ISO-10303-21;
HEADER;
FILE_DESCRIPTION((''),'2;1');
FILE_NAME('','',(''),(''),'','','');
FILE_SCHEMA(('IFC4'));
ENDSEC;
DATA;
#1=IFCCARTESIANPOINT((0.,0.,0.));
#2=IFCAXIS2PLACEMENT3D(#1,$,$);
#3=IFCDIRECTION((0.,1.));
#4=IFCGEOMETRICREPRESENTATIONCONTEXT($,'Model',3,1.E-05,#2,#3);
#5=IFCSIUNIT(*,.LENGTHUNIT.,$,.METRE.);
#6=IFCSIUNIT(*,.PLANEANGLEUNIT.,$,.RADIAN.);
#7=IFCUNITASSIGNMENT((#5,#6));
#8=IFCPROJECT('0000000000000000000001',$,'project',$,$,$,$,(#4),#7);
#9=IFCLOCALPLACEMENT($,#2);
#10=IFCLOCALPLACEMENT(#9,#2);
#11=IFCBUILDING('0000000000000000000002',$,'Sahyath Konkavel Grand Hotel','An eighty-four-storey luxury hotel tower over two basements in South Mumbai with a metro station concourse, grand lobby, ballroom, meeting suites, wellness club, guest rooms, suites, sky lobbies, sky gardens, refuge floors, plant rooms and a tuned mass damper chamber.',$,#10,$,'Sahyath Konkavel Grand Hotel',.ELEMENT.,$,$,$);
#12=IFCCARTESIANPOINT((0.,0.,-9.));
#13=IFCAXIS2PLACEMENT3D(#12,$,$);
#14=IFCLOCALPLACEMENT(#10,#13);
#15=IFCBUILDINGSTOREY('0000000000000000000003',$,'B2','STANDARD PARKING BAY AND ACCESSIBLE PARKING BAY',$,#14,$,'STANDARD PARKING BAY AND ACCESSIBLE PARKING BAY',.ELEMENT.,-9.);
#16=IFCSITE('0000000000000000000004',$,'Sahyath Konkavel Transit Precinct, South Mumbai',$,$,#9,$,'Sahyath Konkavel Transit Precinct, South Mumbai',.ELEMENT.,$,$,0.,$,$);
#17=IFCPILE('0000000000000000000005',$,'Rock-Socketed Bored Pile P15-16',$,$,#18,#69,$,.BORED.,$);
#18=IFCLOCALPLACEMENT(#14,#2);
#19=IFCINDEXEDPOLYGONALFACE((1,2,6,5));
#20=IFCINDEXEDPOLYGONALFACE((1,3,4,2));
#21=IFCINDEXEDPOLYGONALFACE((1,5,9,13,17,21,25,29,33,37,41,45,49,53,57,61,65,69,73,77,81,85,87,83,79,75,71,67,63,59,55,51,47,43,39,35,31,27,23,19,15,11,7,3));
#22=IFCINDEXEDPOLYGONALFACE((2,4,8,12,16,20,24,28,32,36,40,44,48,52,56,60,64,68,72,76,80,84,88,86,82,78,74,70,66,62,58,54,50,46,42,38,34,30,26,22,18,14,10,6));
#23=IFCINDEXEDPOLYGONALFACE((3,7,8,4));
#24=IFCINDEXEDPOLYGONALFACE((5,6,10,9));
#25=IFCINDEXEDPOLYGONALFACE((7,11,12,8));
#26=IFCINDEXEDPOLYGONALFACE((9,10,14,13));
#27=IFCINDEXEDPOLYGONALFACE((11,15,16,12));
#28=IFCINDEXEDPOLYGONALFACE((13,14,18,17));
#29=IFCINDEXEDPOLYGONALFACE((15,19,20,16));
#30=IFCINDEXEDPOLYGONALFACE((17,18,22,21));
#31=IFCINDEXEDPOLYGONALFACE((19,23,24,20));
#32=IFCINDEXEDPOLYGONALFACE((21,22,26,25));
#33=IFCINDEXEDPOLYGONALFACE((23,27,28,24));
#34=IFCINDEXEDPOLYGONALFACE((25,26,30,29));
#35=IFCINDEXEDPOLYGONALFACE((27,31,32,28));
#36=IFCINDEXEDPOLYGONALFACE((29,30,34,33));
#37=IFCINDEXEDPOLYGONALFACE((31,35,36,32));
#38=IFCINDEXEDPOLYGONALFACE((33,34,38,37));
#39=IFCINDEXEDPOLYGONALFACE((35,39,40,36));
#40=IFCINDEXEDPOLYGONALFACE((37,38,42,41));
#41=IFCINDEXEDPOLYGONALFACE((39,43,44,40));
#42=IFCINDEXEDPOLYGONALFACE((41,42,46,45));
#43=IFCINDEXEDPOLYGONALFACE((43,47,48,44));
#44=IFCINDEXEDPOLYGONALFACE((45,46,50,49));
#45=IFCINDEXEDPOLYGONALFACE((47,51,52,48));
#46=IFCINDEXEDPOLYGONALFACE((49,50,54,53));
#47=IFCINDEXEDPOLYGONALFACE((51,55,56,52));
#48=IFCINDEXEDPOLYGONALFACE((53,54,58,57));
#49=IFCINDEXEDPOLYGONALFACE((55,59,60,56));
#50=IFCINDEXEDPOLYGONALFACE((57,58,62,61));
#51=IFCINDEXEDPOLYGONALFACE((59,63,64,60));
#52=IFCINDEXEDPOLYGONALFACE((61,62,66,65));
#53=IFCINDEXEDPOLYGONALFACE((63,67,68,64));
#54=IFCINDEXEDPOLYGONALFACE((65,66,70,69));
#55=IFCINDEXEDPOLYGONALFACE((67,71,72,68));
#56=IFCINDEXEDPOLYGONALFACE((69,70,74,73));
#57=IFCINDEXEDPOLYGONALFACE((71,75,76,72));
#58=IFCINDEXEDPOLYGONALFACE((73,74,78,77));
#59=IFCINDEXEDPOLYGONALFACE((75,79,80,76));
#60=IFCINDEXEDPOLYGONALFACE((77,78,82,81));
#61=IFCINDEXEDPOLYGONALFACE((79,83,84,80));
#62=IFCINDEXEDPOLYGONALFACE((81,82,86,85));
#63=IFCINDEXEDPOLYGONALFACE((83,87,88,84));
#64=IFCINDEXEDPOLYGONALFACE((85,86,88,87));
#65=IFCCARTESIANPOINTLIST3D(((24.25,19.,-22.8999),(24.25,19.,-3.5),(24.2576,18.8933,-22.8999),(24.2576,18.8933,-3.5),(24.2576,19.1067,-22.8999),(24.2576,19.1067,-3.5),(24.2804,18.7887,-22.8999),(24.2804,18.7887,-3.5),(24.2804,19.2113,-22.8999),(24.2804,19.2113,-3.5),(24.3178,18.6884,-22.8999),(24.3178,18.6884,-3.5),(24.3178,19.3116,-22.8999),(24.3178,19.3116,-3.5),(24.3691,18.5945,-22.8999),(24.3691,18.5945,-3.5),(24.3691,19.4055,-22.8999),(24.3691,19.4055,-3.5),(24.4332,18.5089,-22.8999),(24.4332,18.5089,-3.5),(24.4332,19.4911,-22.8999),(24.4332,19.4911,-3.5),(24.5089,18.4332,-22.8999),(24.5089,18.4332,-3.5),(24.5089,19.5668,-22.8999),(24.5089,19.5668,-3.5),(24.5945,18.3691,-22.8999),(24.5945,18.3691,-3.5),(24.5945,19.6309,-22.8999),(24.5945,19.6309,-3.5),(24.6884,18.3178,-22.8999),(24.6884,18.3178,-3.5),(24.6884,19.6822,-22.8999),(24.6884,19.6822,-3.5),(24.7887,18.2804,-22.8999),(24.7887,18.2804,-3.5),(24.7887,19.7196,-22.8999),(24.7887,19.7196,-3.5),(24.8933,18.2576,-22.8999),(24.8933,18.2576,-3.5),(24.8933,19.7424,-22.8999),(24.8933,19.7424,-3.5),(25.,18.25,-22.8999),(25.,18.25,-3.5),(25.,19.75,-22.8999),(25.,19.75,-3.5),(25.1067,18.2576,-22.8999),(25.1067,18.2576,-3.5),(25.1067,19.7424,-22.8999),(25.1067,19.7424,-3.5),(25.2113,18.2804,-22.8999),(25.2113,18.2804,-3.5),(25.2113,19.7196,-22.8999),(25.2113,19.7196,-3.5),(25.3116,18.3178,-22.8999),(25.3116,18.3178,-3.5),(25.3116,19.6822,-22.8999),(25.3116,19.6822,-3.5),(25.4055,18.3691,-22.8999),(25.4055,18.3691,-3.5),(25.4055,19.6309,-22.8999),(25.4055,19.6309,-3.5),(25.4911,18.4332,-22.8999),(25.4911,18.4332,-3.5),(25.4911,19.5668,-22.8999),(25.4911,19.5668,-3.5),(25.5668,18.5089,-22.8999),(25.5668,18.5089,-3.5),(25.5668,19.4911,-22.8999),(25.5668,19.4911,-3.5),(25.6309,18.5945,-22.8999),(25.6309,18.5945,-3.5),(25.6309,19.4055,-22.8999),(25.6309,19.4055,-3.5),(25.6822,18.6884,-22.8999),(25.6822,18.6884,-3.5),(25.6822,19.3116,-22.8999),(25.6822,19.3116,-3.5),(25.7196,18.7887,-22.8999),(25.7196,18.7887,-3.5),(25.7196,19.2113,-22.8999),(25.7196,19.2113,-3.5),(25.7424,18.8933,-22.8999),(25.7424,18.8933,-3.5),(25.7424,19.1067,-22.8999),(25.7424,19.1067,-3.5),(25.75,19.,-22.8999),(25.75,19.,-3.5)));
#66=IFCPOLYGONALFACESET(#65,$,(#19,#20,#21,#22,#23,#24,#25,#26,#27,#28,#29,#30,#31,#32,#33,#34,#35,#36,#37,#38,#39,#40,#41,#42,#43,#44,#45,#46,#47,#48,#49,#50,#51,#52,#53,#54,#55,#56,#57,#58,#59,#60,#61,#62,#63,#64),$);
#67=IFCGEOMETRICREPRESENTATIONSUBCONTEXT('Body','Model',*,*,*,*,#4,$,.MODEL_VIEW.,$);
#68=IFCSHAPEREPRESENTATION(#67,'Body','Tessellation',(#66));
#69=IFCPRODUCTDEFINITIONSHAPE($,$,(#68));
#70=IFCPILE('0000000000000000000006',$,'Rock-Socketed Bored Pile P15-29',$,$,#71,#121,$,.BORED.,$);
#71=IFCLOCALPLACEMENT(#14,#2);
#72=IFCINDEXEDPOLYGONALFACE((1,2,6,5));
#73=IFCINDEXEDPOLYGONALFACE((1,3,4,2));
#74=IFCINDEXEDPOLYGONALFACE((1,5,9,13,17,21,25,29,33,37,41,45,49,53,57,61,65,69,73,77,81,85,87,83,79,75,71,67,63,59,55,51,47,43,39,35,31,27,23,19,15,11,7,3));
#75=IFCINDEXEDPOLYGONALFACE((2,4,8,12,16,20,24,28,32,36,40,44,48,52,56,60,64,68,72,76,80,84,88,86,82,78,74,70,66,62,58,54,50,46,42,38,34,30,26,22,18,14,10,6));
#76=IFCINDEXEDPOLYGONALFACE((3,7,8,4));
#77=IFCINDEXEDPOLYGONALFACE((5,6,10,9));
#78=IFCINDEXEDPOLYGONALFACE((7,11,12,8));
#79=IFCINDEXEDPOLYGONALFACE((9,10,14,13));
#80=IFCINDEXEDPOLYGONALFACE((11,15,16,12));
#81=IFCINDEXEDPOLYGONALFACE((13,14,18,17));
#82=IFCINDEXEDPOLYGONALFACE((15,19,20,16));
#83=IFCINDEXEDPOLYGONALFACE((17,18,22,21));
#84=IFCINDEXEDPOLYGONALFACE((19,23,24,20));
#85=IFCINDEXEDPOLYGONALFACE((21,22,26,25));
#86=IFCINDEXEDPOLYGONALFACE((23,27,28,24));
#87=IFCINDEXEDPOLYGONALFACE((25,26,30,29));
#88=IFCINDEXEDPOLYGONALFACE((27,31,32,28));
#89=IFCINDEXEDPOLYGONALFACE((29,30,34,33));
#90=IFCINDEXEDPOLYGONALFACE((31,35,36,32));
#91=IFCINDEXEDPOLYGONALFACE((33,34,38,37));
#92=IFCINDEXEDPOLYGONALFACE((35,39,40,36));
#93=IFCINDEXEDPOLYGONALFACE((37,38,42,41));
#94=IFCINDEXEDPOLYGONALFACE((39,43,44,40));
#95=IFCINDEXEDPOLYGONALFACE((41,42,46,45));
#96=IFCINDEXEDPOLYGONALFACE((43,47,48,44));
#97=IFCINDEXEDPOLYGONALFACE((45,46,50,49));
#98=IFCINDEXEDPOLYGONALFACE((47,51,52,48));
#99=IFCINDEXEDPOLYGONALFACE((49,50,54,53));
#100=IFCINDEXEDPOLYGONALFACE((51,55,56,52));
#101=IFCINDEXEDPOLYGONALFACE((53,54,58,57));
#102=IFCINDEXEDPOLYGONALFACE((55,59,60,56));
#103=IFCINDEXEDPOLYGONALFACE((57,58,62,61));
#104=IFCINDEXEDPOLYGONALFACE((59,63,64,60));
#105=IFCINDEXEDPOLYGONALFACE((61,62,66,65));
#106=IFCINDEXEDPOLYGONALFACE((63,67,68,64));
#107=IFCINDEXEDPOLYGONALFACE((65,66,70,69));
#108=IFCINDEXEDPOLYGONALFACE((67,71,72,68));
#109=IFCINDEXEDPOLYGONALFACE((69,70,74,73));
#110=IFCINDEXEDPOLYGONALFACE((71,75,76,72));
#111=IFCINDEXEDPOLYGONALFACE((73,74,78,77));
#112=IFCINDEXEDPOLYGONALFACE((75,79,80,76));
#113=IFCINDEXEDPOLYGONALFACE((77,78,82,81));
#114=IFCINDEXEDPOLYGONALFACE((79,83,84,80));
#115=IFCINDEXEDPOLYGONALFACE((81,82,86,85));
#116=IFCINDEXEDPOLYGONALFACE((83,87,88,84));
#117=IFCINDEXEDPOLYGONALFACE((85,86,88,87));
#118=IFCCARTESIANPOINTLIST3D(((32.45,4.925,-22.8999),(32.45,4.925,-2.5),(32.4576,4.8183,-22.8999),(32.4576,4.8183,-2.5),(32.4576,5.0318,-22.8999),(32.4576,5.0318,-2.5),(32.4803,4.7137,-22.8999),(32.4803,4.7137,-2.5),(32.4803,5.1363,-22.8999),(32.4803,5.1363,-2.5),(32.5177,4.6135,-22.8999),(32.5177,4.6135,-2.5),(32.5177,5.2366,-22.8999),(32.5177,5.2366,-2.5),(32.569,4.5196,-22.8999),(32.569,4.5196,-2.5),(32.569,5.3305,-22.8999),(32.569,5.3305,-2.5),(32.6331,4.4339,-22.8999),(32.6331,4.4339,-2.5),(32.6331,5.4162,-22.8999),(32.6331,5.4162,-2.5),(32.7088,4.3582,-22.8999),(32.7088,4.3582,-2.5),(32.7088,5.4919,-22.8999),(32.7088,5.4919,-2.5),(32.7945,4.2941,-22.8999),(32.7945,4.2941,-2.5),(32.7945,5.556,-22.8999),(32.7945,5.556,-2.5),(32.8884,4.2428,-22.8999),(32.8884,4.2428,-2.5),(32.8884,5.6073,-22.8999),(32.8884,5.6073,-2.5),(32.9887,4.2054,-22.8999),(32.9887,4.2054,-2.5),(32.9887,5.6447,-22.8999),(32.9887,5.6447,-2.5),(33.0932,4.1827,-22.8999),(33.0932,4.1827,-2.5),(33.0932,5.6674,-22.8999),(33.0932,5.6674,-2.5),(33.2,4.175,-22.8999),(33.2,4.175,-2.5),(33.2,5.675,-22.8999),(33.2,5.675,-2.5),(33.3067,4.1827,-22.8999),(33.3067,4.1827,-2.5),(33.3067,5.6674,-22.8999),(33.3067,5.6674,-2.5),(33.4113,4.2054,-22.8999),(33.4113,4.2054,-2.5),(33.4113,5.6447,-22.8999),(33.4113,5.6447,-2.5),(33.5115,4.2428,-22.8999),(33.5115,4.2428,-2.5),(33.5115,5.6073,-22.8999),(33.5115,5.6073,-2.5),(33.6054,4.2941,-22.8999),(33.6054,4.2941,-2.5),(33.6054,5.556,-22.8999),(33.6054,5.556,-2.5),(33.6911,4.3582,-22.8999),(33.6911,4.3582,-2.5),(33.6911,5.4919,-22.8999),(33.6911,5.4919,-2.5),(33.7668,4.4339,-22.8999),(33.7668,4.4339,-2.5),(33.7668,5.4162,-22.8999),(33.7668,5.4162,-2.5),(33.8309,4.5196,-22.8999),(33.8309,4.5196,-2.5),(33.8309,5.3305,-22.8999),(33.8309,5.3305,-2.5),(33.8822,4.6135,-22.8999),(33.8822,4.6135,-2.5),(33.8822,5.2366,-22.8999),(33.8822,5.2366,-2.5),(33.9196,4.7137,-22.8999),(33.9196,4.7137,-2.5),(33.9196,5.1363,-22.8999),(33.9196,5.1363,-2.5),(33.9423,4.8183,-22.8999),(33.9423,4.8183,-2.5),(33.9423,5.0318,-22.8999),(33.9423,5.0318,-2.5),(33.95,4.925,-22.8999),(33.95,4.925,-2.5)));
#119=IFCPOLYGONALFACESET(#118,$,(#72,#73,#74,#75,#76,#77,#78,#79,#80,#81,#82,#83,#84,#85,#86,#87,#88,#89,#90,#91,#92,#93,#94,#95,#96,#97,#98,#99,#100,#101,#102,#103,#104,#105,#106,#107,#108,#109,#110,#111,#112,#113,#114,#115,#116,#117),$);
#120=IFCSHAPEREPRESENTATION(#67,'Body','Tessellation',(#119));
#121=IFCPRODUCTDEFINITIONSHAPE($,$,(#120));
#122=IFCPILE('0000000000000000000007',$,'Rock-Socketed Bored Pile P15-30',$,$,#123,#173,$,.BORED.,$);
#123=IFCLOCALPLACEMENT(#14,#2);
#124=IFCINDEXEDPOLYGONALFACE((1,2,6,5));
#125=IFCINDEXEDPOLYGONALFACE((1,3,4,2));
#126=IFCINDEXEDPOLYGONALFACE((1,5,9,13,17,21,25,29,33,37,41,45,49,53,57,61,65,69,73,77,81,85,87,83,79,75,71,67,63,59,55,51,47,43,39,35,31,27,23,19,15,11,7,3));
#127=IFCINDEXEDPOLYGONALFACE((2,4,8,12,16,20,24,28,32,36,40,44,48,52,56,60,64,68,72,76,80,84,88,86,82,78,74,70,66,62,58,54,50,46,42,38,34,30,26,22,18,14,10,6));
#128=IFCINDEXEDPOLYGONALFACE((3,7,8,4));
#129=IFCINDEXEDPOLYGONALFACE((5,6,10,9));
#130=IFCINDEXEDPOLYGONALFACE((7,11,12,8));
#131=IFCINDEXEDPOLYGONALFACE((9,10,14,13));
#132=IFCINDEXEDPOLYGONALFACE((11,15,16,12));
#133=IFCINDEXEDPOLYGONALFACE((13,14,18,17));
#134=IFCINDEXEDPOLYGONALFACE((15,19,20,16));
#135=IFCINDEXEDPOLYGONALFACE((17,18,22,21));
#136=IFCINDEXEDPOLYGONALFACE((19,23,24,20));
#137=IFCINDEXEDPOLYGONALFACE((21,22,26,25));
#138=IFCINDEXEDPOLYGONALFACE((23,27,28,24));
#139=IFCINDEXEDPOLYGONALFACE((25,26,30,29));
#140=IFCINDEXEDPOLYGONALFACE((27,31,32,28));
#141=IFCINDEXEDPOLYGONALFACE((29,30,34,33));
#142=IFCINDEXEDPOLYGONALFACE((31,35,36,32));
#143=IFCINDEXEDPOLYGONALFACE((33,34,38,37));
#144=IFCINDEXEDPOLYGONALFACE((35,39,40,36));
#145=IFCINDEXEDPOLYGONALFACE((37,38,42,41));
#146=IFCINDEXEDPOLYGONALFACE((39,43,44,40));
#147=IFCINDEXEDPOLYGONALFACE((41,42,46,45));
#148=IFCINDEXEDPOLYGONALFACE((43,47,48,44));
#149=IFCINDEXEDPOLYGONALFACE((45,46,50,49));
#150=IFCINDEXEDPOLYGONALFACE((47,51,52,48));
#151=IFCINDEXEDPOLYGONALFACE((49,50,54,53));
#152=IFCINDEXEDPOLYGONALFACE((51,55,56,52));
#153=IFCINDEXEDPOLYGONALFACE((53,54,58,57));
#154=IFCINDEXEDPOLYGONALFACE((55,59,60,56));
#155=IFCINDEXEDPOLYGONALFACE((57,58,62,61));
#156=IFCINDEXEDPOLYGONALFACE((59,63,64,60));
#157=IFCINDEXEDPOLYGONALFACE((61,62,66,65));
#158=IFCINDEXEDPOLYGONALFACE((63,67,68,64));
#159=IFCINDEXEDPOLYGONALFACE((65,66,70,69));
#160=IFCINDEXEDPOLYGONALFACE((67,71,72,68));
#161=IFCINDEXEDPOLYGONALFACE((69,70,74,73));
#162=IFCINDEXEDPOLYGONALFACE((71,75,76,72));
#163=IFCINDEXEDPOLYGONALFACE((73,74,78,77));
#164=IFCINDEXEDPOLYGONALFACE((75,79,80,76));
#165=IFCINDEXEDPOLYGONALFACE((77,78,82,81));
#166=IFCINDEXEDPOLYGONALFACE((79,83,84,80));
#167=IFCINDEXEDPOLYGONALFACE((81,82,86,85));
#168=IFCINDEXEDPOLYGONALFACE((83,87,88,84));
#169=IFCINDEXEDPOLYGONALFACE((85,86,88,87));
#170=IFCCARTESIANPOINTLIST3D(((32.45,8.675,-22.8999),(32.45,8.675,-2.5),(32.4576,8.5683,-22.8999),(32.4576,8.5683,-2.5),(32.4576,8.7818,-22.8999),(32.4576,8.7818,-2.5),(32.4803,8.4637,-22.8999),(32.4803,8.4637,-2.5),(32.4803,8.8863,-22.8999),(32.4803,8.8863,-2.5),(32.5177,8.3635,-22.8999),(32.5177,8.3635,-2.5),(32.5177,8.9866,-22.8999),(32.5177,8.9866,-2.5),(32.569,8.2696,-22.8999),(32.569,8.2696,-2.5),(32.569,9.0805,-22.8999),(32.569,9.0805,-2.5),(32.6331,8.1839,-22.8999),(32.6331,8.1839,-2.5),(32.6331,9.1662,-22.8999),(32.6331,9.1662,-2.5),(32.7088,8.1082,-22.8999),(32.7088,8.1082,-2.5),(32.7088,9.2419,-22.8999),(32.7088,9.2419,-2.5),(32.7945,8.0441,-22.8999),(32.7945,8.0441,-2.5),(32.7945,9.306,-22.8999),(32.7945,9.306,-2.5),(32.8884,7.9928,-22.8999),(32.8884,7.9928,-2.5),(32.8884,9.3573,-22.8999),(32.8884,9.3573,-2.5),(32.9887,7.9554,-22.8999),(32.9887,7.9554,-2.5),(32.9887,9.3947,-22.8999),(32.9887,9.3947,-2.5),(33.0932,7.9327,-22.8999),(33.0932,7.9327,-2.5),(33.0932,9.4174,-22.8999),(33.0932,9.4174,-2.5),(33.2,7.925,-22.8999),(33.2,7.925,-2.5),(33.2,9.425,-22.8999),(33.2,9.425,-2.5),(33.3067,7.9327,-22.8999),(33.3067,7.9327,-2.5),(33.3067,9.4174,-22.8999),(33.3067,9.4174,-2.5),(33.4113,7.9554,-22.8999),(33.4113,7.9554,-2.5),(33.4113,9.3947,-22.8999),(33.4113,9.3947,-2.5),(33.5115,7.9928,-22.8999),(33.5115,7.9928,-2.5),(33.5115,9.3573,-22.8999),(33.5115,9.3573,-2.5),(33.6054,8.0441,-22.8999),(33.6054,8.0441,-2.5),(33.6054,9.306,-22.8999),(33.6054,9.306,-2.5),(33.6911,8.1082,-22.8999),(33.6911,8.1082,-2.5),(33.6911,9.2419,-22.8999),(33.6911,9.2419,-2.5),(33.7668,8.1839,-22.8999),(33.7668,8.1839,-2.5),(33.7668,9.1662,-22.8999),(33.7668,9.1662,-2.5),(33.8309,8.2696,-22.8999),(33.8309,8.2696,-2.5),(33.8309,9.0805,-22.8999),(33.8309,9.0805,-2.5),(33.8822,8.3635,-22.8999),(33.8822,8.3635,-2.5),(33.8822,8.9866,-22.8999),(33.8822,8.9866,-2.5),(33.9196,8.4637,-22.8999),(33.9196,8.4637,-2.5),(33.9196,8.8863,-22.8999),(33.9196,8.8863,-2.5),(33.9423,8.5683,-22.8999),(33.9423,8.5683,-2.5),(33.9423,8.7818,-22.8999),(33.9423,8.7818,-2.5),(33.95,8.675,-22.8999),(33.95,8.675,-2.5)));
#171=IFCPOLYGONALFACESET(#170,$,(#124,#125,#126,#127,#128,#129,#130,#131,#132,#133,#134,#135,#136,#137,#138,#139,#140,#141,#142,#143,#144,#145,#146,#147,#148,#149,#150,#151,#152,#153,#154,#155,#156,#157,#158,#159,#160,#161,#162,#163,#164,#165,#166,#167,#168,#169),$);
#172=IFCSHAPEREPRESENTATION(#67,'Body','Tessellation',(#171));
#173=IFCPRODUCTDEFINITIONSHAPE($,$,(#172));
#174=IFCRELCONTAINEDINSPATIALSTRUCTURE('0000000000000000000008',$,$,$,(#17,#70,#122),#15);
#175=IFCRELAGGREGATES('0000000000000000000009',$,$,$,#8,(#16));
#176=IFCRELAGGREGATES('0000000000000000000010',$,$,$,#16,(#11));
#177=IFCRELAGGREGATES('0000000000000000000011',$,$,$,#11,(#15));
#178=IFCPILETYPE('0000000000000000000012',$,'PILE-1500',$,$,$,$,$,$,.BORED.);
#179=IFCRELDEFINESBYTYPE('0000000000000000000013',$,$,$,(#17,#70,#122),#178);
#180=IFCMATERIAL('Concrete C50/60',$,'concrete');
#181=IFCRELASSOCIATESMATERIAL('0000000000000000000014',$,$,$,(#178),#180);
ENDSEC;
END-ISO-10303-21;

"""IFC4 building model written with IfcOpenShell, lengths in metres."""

from ifc_helpers import new_model, si_unit, direction, frame, origin, origin_2d, place, context, subcontext, project, spatial, circle, extrude, material, material_profile, profile_set, type_object, element, save


model = new_model("IFC4")

# Units and contexts
model_context = context("Model", 3, precision=1e-05, world=origin(), true_north=direction((0.0, 1.0)))
body_context = subcontext(model_context, "Body", "Model", "MODEL_VIEW")
ifc_project = project(units=[si_unit("LENGTHUNIT", "METRE"), si_unit("PLANEANGLEUNIT", "RADIAN")], contexts=[model_context])

# Site, building, storey
site_placement = place(None, origin())
site = spatial("IfcSite", under=ifc_project, at=site_placement, Name="Sahyath Konkavel Transit Precinct, South Mumbai", LongName="Sahyath Konkavel Transit Precinct, South Mumbai", CompositionType="ELEMENT", RefElevation=0.0)
building_placement = place(site_placement, origin())
building = spatial("IfcBuilding", under=site, at=building_placement, Name="Sahyath Konkavel Grand Hotel", Description="An eighty-four-storey luxury hotel tower over two basements in South Mumbai with a metro station concourse, grand lobby, ballroom, meeting suites, wellness club, guest rooms, suites, sky lobbies, sky gardens, refuge floors, plant rooms and a tuned mass damper chamber.", LongName="Sahyath Konkavel Grand Hotel", CompositionType="ELEMENT")
storey_placement = place(building_placement, frame((0.0, 0.0, -9.0)))
storey = spatial("IfcBuildingStorey", under=building, at=storey_placement, Name="B2", Description="STANDARD PARKING BAY AND ACCESSIBLE PARKING BAY", LongName="STANDARD PARKING BAY AND ACCESSIBLE PARKING BAY", CompositionType="ELEMENT", Elevation=-9.0)

# Piles
ifc_material_1 = material(Name="Concrete C50/60", Category="concrete")
ifc_material_profile_1 = material_profile(ifc_material_1, circle(Radius=0.75, at=origin_2d()), Name="PILE D1500")
ifc_profile_set_1 = profile_set([ifc_material_profile_1], Name="Concrete C50/60")
pile_type = type_object("IfcPileType", Name="PILE-1500", PredefinedType="BORED", material=ifc_profile_set_1)
for number, where, z_axis, x_axis, name in (
    (1, (25.0, 19.0, -3.5), (0.0, 0.0, -1.0), (1.0, 0.0, 0.0), "Rock-Socketed Bored Pile P15-16"),
):
    element("IfcPile", number, at=place(storey_placement, frame(where, z_axis=z_axis, x_axis=x_axis)), inside=storey, type_object=pile_type, Name=name, PredefinedType="BORED", context=body_context, shape_type="SweptSolid", body=[
        extrude(circle(Radius=0.75, at=origin_2d()), origin(), (0.0, 0.0, 1.0), 19.3999),
    ])
for number, where, z_axis, x_axis, name in (
    (2, (33.2, 4.925, -2.5), (0.0, 0.0, -1.0), (1.0, 0.0, 0.0), "Rock-Socketed Bored Pile P15-29"),
    (3, (33.2, 8.675, -2.5), (0.0, 0.0, -1.0), (1.0, 0.0, 0.0), "Rock-Socketed Bored Pile P15-30"),
):
    element("IfcPile", number, at=place(storey_placement, frame(where, z_axis=z_axis, x_axis=x_axis)), inside=storey, type_object=pile_type, Name=name, PredefinedType="BORED", context=body_context, shape_type="SweptSolid", body=[
        extrude(circle(Radius=0.75, at=origin_2d()), origin(), (0.0, 0.0, 1.0), 20.3999),
    ])

save(model, "model.ifc")
